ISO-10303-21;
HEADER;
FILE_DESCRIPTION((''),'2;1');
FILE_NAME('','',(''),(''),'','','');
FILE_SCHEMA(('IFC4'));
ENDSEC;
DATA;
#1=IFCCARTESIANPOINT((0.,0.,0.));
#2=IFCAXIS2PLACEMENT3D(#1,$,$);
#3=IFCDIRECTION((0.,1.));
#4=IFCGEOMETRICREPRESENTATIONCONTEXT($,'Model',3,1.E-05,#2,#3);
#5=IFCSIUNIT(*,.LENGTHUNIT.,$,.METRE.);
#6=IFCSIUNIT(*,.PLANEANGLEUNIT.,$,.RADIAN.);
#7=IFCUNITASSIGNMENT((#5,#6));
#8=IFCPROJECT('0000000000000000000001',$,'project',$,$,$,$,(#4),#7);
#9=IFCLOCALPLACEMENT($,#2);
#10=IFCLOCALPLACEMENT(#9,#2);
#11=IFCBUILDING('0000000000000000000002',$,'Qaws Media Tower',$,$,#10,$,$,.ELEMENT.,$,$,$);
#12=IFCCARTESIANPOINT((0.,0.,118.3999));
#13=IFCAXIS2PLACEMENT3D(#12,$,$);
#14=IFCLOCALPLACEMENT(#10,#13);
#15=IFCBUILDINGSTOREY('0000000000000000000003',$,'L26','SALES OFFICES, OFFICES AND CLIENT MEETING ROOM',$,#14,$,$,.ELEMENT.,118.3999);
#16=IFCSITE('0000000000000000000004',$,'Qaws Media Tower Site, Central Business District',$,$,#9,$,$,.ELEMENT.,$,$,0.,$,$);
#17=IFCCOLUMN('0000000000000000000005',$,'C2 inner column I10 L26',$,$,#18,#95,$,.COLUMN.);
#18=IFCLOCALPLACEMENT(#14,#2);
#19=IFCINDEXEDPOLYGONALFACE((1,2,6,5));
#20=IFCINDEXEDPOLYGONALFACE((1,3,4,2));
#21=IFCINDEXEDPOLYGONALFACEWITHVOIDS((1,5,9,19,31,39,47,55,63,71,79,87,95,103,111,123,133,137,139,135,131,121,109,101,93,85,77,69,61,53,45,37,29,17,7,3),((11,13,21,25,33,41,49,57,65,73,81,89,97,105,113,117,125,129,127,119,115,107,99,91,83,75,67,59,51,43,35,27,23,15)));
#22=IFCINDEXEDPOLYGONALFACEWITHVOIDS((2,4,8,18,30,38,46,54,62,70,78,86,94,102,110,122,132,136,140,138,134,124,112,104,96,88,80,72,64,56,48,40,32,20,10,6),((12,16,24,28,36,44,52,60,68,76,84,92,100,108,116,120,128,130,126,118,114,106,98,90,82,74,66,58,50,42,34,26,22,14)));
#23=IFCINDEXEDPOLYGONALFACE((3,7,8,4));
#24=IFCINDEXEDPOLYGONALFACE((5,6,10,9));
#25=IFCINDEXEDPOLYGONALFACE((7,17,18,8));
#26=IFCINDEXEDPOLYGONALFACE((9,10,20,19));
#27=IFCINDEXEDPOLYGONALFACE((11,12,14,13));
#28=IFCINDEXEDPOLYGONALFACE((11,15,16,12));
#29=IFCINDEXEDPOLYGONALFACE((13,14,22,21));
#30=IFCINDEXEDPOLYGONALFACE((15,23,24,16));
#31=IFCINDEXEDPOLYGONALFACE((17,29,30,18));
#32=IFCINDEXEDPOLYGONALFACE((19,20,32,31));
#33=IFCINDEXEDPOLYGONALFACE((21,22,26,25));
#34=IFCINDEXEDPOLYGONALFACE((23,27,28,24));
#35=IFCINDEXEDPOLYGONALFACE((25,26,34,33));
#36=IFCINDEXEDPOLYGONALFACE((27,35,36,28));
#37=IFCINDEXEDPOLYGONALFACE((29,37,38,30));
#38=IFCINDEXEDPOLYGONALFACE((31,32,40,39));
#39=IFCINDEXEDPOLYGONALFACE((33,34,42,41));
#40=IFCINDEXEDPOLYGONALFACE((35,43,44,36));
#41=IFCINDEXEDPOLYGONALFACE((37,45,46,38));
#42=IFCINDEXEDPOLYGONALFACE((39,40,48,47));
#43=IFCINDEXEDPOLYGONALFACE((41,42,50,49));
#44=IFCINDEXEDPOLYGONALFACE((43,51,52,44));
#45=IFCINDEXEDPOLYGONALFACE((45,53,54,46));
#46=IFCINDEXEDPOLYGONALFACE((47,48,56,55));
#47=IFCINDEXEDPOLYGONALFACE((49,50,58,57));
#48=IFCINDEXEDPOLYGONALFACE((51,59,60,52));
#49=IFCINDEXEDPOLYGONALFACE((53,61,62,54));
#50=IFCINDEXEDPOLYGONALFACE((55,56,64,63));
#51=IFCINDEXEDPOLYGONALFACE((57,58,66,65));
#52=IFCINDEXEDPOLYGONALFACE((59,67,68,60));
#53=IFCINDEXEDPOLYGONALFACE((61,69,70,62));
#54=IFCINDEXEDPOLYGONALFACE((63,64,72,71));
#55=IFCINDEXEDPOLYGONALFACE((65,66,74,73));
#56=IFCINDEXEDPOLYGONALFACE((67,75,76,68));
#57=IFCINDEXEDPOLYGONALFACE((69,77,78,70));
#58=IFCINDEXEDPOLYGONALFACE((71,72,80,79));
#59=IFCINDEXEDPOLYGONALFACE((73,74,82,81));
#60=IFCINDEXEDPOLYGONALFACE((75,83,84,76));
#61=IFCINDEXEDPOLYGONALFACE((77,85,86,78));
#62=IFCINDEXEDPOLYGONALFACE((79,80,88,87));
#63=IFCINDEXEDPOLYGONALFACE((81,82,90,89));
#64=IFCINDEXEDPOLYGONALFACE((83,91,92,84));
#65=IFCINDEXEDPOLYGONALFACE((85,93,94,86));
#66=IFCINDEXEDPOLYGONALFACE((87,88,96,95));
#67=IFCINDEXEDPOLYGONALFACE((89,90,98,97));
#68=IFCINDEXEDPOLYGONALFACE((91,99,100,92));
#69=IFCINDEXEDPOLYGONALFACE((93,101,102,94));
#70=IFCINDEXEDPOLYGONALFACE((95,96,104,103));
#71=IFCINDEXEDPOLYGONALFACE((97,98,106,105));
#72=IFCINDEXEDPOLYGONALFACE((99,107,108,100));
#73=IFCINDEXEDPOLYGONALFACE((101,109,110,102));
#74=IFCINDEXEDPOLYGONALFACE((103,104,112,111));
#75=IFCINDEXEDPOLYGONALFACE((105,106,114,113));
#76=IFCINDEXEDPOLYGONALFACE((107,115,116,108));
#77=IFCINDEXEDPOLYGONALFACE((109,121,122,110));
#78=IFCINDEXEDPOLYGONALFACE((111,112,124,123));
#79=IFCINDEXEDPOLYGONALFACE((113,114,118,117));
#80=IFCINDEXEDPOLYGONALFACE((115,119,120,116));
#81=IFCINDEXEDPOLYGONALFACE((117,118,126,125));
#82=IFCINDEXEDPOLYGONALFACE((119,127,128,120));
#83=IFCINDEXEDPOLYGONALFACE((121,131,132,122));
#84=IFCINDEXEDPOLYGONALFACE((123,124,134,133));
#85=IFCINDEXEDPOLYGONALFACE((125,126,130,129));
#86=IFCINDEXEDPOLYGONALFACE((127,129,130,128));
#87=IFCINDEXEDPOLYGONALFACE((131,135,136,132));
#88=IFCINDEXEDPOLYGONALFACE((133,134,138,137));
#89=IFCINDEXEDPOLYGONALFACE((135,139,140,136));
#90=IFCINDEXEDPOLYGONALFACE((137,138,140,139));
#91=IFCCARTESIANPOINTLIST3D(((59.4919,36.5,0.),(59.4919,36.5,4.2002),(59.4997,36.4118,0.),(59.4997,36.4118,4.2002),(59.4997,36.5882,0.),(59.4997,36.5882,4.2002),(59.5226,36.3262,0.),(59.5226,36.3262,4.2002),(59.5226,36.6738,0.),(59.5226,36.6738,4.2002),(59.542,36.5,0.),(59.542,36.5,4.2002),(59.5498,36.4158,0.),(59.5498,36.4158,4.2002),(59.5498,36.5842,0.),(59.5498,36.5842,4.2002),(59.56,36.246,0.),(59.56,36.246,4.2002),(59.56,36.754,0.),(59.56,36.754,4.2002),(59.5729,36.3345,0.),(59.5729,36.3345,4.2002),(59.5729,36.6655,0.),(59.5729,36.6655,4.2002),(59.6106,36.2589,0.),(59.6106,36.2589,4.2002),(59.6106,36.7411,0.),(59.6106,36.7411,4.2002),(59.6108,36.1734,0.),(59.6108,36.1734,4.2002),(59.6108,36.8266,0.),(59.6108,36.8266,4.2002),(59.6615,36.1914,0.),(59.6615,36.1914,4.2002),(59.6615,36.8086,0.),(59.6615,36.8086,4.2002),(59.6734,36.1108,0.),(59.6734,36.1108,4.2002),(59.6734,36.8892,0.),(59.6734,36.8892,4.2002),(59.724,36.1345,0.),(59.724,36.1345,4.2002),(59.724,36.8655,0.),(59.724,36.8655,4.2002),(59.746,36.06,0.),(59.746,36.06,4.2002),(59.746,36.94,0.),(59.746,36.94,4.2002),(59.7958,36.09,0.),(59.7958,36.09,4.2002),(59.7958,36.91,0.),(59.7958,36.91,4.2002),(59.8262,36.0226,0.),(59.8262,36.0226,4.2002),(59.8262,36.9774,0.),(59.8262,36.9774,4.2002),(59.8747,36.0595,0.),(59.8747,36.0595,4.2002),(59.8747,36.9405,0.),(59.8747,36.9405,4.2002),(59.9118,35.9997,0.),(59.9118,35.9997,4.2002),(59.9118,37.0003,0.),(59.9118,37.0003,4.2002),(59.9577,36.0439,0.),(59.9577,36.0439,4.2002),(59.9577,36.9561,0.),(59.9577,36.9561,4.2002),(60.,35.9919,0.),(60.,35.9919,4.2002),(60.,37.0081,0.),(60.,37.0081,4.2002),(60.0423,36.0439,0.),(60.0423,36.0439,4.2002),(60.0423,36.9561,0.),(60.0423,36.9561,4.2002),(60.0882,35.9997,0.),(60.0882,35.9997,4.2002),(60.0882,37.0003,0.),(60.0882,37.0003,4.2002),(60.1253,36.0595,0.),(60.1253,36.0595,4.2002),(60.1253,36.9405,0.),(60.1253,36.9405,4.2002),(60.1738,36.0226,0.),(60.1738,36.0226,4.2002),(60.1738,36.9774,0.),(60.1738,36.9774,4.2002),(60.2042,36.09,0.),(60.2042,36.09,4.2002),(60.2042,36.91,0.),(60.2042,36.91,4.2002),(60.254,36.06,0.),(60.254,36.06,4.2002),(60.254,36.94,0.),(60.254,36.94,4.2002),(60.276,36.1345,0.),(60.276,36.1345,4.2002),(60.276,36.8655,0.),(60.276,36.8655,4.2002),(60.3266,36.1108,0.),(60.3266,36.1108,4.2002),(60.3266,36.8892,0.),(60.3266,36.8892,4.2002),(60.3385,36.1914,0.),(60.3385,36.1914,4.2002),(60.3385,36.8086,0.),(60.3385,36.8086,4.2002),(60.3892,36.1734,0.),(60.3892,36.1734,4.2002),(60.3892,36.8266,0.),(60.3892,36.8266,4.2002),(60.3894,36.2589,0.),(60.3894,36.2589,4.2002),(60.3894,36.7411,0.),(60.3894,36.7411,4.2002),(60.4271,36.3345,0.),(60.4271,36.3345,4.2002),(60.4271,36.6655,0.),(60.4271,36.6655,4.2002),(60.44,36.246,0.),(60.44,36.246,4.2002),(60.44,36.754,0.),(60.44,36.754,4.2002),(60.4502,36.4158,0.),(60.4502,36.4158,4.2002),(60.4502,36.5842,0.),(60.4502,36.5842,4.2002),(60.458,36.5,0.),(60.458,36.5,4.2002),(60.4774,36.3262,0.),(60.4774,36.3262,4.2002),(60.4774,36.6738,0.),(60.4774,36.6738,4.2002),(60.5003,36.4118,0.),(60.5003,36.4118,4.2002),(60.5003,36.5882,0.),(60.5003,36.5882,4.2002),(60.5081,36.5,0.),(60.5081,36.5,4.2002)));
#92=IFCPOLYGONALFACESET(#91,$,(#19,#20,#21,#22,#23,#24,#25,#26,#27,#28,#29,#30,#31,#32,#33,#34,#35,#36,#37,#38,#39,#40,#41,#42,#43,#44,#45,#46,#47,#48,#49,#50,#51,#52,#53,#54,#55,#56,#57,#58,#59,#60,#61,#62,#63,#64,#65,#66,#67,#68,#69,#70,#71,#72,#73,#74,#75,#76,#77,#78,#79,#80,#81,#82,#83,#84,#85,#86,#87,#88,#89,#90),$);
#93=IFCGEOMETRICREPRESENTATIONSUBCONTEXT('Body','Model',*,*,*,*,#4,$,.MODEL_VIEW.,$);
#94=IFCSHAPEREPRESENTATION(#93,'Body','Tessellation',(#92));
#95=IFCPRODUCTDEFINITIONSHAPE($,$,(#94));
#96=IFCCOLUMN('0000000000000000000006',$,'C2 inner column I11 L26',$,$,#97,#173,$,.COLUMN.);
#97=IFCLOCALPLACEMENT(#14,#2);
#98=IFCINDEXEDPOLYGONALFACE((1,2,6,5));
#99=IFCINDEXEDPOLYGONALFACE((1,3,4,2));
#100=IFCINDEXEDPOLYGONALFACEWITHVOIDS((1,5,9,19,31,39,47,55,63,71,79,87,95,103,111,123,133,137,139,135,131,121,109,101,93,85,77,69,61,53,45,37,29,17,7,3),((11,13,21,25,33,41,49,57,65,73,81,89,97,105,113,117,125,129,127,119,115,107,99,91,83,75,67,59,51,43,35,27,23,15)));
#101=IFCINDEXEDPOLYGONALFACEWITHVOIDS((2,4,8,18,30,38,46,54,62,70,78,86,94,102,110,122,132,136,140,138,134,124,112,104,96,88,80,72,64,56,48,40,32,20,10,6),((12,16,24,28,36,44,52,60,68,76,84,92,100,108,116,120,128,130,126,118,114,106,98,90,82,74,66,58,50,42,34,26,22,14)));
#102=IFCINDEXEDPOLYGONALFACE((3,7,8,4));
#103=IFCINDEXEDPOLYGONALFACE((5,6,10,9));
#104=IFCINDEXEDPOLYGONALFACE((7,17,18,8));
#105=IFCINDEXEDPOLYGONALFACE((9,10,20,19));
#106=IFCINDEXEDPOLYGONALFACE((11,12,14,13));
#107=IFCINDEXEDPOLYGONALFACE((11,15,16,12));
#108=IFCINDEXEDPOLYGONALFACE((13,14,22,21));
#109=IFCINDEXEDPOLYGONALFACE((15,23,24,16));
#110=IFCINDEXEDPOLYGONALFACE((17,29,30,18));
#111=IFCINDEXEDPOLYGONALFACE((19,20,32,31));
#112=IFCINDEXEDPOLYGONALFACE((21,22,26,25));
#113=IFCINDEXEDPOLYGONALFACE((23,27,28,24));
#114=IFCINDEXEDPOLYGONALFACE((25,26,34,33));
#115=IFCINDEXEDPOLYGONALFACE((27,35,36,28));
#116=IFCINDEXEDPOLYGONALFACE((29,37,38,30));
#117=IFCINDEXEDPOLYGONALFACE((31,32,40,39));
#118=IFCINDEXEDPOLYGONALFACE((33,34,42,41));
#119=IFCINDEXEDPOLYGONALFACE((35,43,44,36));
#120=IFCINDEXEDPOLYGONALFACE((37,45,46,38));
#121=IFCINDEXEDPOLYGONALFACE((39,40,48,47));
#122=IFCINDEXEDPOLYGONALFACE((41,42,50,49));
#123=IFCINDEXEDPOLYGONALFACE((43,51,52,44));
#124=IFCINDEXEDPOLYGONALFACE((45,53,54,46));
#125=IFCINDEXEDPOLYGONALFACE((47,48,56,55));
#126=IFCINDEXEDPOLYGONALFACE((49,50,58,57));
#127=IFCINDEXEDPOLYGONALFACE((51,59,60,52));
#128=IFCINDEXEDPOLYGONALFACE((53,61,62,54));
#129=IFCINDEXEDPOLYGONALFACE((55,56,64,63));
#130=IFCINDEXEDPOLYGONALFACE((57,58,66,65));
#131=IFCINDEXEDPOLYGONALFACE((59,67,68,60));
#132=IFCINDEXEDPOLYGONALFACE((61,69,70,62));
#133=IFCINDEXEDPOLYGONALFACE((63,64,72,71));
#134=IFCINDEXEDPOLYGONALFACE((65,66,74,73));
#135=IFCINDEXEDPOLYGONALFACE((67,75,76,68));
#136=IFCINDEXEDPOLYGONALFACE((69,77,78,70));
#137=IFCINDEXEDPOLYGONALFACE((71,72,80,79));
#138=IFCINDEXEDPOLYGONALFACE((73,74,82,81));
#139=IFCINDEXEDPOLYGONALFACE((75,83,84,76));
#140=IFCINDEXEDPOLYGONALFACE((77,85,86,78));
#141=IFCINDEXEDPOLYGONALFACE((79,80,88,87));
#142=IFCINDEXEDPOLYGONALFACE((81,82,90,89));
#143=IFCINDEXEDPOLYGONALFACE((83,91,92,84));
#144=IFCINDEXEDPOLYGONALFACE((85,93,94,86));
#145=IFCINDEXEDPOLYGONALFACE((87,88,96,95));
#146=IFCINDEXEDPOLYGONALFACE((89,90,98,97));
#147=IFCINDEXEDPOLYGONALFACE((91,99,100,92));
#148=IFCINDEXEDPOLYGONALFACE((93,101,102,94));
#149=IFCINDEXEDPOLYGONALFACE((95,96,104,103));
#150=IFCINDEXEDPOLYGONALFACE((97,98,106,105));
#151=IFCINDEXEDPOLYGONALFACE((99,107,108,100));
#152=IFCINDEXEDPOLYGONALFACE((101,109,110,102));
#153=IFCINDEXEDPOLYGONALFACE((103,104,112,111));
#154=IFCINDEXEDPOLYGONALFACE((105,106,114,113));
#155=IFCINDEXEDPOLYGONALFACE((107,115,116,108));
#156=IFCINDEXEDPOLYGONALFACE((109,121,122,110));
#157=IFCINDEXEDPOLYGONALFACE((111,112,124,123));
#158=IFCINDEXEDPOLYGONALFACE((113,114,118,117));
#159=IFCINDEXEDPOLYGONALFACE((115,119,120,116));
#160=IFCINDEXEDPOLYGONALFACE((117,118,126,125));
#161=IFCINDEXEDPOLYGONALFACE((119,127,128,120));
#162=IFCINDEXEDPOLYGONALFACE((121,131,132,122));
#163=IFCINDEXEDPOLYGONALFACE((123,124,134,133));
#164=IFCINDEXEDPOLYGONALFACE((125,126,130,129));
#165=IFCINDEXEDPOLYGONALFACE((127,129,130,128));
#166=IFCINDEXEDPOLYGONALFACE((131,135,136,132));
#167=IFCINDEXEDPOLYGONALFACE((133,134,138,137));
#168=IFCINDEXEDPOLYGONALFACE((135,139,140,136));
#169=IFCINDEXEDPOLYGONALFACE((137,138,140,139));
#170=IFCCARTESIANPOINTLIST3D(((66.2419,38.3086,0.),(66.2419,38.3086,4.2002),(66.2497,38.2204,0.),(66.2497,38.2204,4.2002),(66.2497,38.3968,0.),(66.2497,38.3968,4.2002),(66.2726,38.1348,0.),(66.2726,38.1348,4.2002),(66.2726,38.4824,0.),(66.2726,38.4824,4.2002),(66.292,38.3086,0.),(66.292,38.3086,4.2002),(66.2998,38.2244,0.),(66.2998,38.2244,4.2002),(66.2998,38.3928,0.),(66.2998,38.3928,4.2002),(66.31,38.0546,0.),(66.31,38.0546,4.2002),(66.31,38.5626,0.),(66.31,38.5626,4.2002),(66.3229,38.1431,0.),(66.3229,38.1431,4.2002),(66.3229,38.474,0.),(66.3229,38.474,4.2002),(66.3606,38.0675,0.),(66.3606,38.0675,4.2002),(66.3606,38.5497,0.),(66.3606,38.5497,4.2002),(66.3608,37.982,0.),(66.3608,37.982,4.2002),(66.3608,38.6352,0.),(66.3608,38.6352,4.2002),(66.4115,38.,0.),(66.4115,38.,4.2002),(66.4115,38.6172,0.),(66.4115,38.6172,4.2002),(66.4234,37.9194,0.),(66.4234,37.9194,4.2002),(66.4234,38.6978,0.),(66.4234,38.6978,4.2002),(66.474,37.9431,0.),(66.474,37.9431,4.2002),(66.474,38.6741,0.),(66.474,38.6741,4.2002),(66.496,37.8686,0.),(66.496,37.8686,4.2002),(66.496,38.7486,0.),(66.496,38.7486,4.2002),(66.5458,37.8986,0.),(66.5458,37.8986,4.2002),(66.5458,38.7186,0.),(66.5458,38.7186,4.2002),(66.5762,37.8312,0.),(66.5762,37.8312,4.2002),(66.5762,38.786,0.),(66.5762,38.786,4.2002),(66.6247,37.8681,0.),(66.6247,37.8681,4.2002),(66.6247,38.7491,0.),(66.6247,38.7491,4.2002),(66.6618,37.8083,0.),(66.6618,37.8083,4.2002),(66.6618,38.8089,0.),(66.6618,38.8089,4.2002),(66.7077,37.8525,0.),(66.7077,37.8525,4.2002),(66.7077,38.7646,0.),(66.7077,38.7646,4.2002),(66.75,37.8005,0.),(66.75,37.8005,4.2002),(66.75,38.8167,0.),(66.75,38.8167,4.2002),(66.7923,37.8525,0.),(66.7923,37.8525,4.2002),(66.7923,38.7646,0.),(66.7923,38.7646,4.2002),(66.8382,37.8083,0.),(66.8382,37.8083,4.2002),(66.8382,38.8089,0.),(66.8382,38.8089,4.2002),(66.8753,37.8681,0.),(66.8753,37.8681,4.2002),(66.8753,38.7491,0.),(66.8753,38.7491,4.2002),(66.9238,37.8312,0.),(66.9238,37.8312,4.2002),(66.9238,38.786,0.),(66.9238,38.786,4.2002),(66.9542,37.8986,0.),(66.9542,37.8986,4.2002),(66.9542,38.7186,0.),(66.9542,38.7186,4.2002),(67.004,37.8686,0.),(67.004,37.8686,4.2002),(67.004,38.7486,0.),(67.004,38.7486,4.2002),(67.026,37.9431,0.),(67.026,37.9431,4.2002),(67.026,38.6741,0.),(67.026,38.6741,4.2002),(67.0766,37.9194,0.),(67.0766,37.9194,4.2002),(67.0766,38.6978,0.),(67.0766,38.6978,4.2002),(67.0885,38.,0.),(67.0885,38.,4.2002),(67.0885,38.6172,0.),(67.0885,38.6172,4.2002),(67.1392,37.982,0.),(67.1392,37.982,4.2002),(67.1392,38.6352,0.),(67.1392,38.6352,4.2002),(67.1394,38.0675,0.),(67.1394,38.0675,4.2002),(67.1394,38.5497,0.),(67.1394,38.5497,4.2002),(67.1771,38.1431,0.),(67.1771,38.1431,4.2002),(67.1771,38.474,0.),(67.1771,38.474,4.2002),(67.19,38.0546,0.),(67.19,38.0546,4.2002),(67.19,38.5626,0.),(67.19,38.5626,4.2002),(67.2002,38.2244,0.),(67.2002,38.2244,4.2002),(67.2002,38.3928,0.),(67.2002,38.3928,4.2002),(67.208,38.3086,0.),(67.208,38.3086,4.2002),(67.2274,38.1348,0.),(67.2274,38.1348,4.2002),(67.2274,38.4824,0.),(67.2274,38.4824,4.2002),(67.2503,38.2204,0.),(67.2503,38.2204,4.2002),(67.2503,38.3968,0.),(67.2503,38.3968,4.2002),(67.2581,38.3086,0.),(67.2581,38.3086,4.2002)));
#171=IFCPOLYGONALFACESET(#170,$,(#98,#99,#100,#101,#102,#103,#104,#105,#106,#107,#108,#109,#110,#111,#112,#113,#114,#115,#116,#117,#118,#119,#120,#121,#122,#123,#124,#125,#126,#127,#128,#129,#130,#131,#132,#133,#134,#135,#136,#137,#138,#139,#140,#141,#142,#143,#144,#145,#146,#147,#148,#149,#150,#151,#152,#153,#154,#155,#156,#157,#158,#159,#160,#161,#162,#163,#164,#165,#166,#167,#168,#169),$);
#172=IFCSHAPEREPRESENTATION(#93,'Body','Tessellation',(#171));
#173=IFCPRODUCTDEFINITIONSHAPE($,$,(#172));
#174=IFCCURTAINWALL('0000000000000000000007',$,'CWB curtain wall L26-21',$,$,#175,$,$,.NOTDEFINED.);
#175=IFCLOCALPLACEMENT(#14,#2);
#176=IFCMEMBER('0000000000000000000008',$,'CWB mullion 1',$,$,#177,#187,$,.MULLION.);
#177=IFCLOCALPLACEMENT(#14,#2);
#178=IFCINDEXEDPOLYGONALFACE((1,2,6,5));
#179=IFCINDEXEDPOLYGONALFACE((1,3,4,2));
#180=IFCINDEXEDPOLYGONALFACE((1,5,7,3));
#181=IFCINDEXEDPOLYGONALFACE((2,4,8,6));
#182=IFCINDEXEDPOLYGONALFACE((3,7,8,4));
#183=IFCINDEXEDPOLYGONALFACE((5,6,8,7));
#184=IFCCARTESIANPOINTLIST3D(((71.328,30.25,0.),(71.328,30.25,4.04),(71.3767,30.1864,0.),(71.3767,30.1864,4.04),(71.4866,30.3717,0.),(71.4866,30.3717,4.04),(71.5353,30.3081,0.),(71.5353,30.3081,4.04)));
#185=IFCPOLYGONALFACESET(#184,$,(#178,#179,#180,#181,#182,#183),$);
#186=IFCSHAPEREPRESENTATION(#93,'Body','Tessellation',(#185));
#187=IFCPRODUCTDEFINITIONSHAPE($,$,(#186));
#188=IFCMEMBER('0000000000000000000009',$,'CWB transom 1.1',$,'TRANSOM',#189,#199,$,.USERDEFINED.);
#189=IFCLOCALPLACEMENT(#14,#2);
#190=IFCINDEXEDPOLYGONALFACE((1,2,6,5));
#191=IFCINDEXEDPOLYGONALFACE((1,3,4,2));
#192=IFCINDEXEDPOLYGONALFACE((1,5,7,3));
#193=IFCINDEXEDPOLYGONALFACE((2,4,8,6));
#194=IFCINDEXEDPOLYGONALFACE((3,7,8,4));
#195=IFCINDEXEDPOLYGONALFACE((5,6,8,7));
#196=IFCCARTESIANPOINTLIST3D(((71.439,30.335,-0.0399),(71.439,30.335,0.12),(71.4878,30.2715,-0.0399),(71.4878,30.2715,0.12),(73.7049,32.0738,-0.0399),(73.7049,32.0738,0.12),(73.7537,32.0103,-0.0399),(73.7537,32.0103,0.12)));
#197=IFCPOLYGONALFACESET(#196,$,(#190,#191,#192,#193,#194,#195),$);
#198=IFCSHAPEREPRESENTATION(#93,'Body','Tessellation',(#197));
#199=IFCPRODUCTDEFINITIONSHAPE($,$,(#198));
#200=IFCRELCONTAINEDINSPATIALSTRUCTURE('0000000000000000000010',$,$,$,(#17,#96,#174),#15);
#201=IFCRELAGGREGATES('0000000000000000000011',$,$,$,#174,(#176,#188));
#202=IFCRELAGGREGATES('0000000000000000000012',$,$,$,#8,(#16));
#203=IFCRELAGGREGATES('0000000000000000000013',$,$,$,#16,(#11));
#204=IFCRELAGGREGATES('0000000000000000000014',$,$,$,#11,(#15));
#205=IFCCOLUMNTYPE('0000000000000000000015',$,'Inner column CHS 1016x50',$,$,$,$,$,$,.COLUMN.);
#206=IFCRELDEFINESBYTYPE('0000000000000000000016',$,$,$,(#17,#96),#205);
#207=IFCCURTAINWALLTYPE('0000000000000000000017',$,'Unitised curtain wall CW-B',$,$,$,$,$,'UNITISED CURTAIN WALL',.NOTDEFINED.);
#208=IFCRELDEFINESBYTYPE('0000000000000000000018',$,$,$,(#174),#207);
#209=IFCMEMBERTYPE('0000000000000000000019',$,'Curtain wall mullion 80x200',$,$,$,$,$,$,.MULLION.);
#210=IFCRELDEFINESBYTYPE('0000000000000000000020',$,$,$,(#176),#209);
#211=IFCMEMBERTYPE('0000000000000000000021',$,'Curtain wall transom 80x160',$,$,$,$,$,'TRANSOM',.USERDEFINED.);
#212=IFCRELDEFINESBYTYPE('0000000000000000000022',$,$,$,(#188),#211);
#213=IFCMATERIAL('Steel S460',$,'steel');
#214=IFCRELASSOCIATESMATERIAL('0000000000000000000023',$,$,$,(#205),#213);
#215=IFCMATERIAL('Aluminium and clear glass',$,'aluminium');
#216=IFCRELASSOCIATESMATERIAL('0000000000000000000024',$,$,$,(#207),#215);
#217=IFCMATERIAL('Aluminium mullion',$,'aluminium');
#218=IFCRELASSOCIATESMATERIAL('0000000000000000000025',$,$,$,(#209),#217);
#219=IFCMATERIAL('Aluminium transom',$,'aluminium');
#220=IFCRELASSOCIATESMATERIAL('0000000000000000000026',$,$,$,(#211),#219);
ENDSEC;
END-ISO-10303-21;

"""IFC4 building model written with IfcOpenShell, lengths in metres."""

from ifc_helpers import new_model, si_unit, direction, frame, origin, origin_2d, place, context, subcontext, project, spatial, rectangle, hollow_circle, extrude, material, material_profile, profile_set, type_object, element, aggregate, save


model = new_model("IFC4")

# Units and contexts
model_context = context("Model", 3, precision=1e-05, world=origin(), true_north=direction((0.0, 1.0)))
body_context = subcontext(model_context, "Body", "Model", "MODEL_VIEW")
ifc_project = project(units=[si_unit("LENGTHUNIT", "METRE"), si_unit("PLANEANGLEUNIT", "RADIAN")], contexts=[model_context])

# Site, building, storey
site_placement = place(None, origin())
site = spatial("IfcSite", under=ifc_project, at=site_placement, Name="Qaws Media Tower Site, Central Business District", CompositionType="ELEMENT", RefElevation=0.0)
building_placement = place(site_placement, origin())
building = spatial("IfcBuilding", under=site, at=building_placement, Name="Qaws Media Tower", CompositionType="ELEMENT")
storey_placement = place(building_placement, frame((0.0, 0.0, 118.3999)))
storey = spatial("IfcBuildingStorey", under=building, at=storey_placement, Name="L26", Description="SALES OFFICES, OFFICES AND CLIENT MEETING ROOM", CompositionType="ELEMENT", Elevation=118.3999)

# Columns
ifc_material_1 = material(Name="Steel S460", Category="steel")
ifc_material_profile_1 = material_profile(ifc_material_1, hollow_circle(Radius=0.5081, WallThickness=0.05, at=origin_2d()), Name="CHS 1016x50")
ifc_profile_set_1 = profile_set([ifc_material_profile_1], Name="Steel S460")
column_type = type_object("IfcColumnType", Name="Inner column CHS 1016x50", PredefinedType="COLUMN", material=ifc_profile_set_1)
for number, where, z_axis, x_axis, name in (
    (1, (60.0, 36.5, 0.0), (0.0, 0.0, 1.0), (1.0, 0.0, 0.0), "C2 inner column I10 L26"),
    (2, (66.75, 38.3086, 0.0), (0.0, 0.0, 1.0), (1.0, 0.0, 0.0), "C2 inner column I11 L26"),
):
    element("IfcColumn", number, at=place(storey_placement, frame(where, z_axis=z_axis, x_axis=x_axis)), inside=storey, type_object=column_type, Name=name, PredefinedType="COLUMN", context=body_context, shape_type="SweptSolid", body=[
        extrude(hollow_circle(Radius=0.5081, WallThickness=0.05, at=origin_2d()), origin(), (0.0, 0.0, 1.0), 4.2002),
    ])

# Curtain wall, members
ifc_material_2 = material(Name="Aluminium and clear glass", Category="aluminium")
curtain_wall_type = type_object("IfcCurtainWallType", Name="Unitised curtain wall CW-B", ElementType="UNITISED CURTAIN WALL", PredefinedType="NOTDEFINED", material=ifc_material_2)
curtain_wall_placement = place(storey_placement, origin())
curtain_wall = element("IfcCurtainWall", 3, at=curtain_wall_placement, inside=storey, type_object=curtain_wall_type, Name="CWB curtain wall L26-21", PredefinedType="NOTDEFINED")
ifc_material_3 = material(Name="Aluminium mullion", Category="aluminium")
ifc_material_profile_2 = material_profile(ifc_material_3, rectangle(XDim=0.0801, YDim=0.2, at=origin_2d()), Name="80x200")
ifc_profile_set_2 = profile_set([ifc_material_profile_2], Name="Aluminium mullion")
member_type_1 = type_object("IfcMemberType", Name="Curtain wall mullion 80x200", PredefinedType="MULLION", material=ifc_profile_set_2)
member_1_placement = place(storey_placement, frame((71.4316, 30.2791, 0.0), z_axis=(0.0, 0.0, 1.0), x_axis=(-0.608761, 0.793353, 0.0)))
member_1 = element("IfcMember", 4, at=member_1_placement, type_object=member_type_1, Name="CWB mullion 1", PredefinedType="MULLION", context=body_context, shape_type="SweptSolid", body=[
    extrude(rectangle(XDim=0.0801, YDim=0.2, at=origin_2d()), origin(), (0.0, 0.0, 1.0), 4.04),
])
ifc_material_4 = material(Name="Aluminium transom", Category="aluminium")
ifc_material_profile_3 = material_profile(ifc_material_4, rectangle(XDim=0.0801, YDim=0.1599, at=origin_2d()), Name="80x160")
ifc_profile_set_3 = profile_set([ifc_material_profile_3], Name="Aluminium transom")
member_type_2 = type_object("IfcMemberType", Name="Curtain wall transom 80x160", ElementType="TRANSOM", PredefinedType="USERDEFINED", material=ifc_profile_set_3)
member_2_placement = place(storey_placement, frame((71.4634, 30.3032, 0.04), z_axis=(0.793335, 0.608785, 0.0), x_axis=(-0.608785, 0.793335, 0.0)))
member_2 = element("IfcMember", 5, at=member_2_placement, type_object=member_type_2, Name="CWB transom 1.1", ObjectType="TRANSOM", PredefinedType="USERDEFINED", context=body_context, shape_type="SweptSolid", body=[
    extrude(rectangle(XDim=0.0801, YDim=0.1599, at=origin_2d()), origin(), (0.0, 0.0, 1.0), 2.8562),
])
aggregate(curtain_wall, [member_1, member_2])

save(model, "model.ifc")
